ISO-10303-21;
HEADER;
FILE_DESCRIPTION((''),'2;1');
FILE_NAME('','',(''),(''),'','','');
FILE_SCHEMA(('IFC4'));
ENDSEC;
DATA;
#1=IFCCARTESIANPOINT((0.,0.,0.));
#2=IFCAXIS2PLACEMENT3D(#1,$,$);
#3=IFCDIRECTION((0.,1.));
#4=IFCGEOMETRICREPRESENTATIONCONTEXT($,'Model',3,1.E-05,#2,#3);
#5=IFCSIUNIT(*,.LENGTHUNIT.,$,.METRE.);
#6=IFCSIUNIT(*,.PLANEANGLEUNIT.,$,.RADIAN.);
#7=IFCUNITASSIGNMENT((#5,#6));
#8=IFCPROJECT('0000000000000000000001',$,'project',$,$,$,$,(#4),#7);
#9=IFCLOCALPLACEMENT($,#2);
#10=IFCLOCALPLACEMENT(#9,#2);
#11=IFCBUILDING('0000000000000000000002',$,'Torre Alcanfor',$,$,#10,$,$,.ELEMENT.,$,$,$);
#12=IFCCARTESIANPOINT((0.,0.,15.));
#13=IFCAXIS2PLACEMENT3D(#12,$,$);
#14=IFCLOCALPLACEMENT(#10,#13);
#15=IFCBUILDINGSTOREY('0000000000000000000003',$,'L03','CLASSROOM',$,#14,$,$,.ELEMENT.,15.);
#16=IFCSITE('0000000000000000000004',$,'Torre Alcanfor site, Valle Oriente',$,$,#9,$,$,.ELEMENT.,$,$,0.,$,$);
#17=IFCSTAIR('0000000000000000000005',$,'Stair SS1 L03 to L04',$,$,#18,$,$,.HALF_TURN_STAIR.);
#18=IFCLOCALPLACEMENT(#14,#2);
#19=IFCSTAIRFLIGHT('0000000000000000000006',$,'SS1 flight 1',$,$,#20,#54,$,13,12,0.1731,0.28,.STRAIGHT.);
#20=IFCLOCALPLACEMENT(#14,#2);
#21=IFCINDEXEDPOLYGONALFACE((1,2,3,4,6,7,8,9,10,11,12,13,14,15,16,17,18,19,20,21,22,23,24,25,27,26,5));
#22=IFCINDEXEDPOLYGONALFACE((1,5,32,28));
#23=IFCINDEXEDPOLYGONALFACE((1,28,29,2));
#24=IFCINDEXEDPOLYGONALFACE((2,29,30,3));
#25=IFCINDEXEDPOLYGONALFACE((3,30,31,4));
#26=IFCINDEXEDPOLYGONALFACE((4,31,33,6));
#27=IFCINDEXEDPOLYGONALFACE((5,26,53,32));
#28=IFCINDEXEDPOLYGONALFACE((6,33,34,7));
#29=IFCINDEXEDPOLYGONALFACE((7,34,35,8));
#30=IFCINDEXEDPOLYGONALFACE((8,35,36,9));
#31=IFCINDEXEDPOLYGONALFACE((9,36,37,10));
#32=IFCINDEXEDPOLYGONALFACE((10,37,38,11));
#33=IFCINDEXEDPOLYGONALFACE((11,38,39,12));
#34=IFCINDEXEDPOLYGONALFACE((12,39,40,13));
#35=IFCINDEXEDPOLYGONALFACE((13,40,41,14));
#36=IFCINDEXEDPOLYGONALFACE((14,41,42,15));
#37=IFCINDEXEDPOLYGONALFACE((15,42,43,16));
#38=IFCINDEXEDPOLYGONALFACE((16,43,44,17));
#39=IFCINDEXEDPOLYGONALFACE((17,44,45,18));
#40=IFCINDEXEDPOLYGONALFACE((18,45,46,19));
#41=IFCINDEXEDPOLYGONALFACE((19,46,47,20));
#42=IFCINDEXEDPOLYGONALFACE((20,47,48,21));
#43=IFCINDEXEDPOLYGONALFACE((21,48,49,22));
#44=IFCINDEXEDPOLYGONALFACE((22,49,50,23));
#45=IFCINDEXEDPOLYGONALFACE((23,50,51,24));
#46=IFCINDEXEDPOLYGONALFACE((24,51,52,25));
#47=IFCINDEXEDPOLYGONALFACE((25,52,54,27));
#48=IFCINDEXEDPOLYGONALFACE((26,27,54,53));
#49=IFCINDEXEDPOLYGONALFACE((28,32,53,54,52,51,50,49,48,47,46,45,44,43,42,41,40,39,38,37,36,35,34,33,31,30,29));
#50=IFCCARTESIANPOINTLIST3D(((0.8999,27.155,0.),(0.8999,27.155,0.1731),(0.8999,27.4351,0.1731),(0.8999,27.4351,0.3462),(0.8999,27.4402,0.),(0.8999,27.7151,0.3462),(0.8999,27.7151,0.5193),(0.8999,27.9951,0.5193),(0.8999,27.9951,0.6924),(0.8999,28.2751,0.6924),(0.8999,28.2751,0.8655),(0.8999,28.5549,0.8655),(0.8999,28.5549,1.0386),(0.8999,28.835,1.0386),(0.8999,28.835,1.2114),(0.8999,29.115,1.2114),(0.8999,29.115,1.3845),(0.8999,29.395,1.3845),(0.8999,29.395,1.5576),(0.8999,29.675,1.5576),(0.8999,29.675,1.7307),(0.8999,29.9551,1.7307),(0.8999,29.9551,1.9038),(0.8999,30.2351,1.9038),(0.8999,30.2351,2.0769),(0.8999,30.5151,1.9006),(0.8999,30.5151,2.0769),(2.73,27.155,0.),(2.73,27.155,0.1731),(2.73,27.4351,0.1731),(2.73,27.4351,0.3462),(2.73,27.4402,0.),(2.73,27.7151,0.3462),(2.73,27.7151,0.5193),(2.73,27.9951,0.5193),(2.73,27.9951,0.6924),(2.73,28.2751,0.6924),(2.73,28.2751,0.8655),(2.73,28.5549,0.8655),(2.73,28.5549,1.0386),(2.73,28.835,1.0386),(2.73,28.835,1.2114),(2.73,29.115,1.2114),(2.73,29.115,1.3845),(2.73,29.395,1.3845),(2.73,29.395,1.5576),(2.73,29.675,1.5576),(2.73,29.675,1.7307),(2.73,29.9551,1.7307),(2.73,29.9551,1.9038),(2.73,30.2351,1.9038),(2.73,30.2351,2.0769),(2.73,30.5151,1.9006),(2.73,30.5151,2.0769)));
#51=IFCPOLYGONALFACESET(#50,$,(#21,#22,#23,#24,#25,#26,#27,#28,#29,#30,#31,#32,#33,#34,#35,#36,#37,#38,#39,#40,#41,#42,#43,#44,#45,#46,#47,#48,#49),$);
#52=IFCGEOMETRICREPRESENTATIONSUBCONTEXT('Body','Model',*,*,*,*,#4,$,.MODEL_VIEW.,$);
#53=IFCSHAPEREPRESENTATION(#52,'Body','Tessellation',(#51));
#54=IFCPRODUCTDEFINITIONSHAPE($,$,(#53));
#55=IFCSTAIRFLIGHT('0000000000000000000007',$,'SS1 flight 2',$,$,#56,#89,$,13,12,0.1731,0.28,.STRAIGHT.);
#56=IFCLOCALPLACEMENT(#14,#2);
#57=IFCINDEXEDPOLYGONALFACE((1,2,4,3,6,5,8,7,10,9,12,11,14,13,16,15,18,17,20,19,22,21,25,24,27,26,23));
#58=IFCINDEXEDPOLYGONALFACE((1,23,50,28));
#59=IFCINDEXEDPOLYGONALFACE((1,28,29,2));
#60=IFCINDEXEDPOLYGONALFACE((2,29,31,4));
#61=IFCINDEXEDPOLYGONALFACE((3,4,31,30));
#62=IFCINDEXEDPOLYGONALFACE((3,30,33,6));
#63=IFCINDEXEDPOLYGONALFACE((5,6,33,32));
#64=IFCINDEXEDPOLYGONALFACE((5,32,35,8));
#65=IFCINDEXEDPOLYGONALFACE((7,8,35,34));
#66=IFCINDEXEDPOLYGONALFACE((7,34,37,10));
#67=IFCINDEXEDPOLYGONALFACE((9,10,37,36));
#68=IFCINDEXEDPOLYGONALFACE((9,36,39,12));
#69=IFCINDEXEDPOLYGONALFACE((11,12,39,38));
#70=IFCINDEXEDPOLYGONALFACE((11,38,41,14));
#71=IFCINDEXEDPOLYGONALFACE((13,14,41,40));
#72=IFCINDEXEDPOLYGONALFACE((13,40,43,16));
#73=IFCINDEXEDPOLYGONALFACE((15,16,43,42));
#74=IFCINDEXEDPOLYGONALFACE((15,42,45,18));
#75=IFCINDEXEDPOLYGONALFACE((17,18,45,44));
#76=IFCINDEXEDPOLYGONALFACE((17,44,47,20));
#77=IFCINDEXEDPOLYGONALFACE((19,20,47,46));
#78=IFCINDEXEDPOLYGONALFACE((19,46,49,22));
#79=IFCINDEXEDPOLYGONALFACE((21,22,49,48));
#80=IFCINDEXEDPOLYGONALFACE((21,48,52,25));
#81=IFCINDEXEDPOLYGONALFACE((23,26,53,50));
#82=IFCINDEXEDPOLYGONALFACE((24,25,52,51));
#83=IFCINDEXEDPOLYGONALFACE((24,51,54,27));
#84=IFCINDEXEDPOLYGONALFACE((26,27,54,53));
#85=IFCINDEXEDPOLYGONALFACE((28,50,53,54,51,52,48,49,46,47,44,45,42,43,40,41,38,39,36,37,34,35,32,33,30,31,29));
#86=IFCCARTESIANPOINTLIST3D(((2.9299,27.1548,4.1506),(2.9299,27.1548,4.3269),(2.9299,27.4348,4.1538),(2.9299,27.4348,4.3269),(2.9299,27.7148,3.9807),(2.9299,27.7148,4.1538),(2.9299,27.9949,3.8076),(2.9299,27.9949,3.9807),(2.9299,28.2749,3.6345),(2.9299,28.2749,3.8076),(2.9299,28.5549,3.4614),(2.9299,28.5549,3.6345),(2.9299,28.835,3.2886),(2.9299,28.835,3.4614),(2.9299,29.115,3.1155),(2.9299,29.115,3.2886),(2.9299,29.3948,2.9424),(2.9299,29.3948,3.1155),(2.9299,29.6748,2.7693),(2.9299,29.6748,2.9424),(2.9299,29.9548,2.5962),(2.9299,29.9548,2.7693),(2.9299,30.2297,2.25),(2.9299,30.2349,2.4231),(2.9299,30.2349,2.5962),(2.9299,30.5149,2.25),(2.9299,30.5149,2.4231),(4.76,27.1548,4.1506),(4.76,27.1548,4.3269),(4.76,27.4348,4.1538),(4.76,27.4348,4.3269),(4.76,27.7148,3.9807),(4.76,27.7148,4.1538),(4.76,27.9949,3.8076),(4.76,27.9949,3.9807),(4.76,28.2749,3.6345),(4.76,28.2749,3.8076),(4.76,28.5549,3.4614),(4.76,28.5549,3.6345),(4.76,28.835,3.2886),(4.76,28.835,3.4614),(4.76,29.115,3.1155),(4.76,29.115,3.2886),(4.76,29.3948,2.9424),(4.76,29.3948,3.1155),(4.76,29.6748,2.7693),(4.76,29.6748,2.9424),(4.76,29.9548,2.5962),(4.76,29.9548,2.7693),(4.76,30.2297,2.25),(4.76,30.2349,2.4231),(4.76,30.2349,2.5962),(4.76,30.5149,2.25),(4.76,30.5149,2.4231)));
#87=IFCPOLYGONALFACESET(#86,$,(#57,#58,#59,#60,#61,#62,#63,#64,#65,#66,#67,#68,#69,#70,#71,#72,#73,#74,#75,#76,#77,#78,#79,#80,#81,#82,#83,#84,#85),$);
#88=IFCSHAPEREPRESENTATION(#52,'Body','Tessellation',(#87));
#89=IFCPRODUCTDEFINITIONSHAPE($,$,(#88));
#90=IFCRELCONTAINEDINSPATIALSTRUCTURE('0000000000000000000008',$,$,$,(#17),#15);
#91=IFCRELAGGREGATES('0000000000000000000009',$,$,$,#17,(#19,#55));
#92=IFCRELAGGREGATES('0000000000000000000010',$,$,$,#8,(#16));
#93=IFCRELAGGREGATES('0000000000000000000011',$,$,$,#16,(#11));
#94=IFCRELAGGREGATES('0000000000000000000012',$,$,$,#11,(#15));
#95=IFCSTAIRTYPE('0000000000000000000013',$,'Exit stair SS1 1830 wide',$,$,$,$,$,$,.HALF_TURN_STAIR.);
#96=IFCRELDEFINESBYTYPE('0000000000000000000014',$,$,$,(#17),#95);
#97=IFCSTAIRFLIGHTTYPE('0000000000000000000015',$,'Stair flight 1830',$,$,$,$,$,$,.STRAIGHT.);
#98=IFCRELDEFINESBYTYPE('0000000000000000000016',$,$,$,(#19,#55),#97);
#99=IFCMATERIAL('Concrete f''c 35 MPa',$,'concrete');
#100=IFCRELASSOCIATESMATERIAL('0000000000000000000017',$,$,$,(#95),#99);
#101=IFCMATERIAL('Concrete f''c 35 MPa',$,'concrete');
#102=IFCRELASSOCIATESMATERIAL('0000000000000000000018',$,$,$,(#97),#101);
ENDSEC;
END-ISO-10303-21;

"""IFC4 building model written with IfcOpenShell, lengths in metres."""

from ifc_helpers import new_model, si_unit, direction, frame, origin, place, context, subcontext, project, spatial, polyline, outline, extrude, material, type_object, element, aggregate, save


model = new_model("IFC4")

# Units and contexts
model_context = context("Model", 3, precision=1e-05, world=origin(), true_north=direction((0.0, 1.0)))
body_context = subcontext(model_context, "Body", "Model", "MODEL_VIEW")
ifc_project = project(units=[si_unit("LENGTHUNIT", "METRE"), si_unit("PLANEANGLEUNIT", "RADIAN")], contexts=[model_context])

# Site, building, storey
site_placement = place(None, origin())
site = spatial("IfcSite", under=ifc_project, at=site_placement, Name="Torre Alcanfor site, Valle Oriente", CompositionType="ELEMENT", RefElevation=0.0)
building_placement = place(site_placement, origin())
building = spatial("IfcBuilding", under=site, at=building_placement, Name="Torre Alcanfor", CompositionType="ELEMENT")
storey_placement = place(building_placement, frame((0.0, 0.0, 15.0)))
storey = spatial("IfcBuildingStorey", under=building, at=storey_placement, Name="L03", Description="CLASSROOM", CompositionType="ELEMENT", Elevation=15.0)

# Stair, stair flights
ifc_material_1 = material(Name="Concrete f'c 35 MPa", Category="concrete")
stair_type = type_object("IfcStairType", Name="Exit stair SS1 1830 wide", PredefinedType="HALF_TURN_STAIR", material=ifc_material_1)
stair_placement = place(storey_placement, origin())
stair = element("IfcStair", 1, at=stair_placement, inside=storey, type_object=stair_type, Name="Stair SS1 L03 to L04", PredefinedType="HALF_TURN_STAIR")
ifc_material_2 = material(Name="Concrete f'c 35 MPa", Category="concrete")
stair_flight_type = type_object("IfcStairFlightType", Name="Stair flight 1830", PredefinedType="STRAIGHT", material=ifc_material_2)
stair_flight_1_placement = place(storey_placement, frame((1.8149, 27.155, 0.0), z_axis=(0.0, 0.0, 1.0), x_axis=(0.0, 1.0, 0.0)))
stair_flight_1 = element("IfcStairFlight", 2, at=stair_flight_1_placement, type_object=stair_flight_type, Name="SS1 flight 1", NumberOfRisers=13, NumberOfTreads=12, PredefinedType="STRAIGHT", RiserHeight=0.1731, TreadLength=0.28, context=body_context, shape_type="SweptSolid", body=[
    extrude(outline(polyline([(0.0, 0.0), (0.0, 0.1731), (0.28, 0.1731), (0.28, 0.3462), (0.5601, 0.3462), (0.5601, 0.5193), (0.8401, 0.5193), (0.8401, 0.6924), (1.1201, 0.6924), (1.1201, 0.8655), (1.3999, 0.8655), (1.3999, 1.0386), (1.6799, 1.0386), (1.6799, 1.2114), (1.96, 1.2114), (1.96, 1.3845), (2.24, 1.3845), (2.24, 1.5576), (2.52, 1.5576), (2.52, 1.7307), (2.8, 1.7307), (2.8, 1.9038), (3.0801, 1.9038), (3.0801, 2.0769), (3.3601, 2.0769), (3.3601, 2.25), (3.3601, 1.9006), (0.2852, 0.0), (0.0, 0.0)])), frame((0.0, 0.915, 0.0), z_axis=(0.0, -1.0, 0.0), x_axis=(1.0, 0.0, 0.0)), (0.0, 0.0, 1.0), 1.8301),
])
stair_flight_2_placement = place(storey_placement, frame((3.845, 30.5149, 2.25), z_axis=(0.0, 0.0, 1.0), x_axis=(0.0, -1.0, 0.0)))
stair_flight_2 = element("IfcStairFlight", 3, at=stair_flight_2_placement, type_object=stair_flight_type, Name="SS1 flight 2", NumberOfRisers=13, NumberOfTreads=12, PredefinedType="STRAIGHT", RiserHeight=0.1731, TreadLength=0.28, context=body_context, shape_type="SweptSolid", body=[
    extrude(outline(polyline([(0.0, 0.0), (0.0, 0.1731), (0.28, 0.1731), (0.28, 0.3462), (0.5601, 0.3462), (0.5601, 0.5193), (0.8401, 0.5193), (0.8401, 0.6924), (1.1201, 0.6924), (1.1201, 0.8655), (1.3999, 0.8655), (1.3999, 1.0386), (1.6799, 1.0386), (1.6799, 1.2114), (1.96, 1.2114), (1.96, 1.3845), (2.24, 1.3845), (2.24, 1.5576), (2.52, 1.5576), (2.52, 1.7307), (2.8, 1.7307), (2.8, 1.9038), (3.0801, 1.9038), (3.0801, 2.0769), (3.3601, 2.0769), (3.3601, 2.25), (3.3601, 1.9006), (0.2852, 0.0), (0.0, 0.0)])), frame((0.0, 0.915, 0.0), z_axis=(0.0, -1.0, 0.0), x_axis=(1.0, 0.0, 0.0)), (0.0, 0.0, 1.0), 1.8301),
])
aggregate(stair, [stair_flight_1, stair_flight_2])

save(model, "model.ifc")
